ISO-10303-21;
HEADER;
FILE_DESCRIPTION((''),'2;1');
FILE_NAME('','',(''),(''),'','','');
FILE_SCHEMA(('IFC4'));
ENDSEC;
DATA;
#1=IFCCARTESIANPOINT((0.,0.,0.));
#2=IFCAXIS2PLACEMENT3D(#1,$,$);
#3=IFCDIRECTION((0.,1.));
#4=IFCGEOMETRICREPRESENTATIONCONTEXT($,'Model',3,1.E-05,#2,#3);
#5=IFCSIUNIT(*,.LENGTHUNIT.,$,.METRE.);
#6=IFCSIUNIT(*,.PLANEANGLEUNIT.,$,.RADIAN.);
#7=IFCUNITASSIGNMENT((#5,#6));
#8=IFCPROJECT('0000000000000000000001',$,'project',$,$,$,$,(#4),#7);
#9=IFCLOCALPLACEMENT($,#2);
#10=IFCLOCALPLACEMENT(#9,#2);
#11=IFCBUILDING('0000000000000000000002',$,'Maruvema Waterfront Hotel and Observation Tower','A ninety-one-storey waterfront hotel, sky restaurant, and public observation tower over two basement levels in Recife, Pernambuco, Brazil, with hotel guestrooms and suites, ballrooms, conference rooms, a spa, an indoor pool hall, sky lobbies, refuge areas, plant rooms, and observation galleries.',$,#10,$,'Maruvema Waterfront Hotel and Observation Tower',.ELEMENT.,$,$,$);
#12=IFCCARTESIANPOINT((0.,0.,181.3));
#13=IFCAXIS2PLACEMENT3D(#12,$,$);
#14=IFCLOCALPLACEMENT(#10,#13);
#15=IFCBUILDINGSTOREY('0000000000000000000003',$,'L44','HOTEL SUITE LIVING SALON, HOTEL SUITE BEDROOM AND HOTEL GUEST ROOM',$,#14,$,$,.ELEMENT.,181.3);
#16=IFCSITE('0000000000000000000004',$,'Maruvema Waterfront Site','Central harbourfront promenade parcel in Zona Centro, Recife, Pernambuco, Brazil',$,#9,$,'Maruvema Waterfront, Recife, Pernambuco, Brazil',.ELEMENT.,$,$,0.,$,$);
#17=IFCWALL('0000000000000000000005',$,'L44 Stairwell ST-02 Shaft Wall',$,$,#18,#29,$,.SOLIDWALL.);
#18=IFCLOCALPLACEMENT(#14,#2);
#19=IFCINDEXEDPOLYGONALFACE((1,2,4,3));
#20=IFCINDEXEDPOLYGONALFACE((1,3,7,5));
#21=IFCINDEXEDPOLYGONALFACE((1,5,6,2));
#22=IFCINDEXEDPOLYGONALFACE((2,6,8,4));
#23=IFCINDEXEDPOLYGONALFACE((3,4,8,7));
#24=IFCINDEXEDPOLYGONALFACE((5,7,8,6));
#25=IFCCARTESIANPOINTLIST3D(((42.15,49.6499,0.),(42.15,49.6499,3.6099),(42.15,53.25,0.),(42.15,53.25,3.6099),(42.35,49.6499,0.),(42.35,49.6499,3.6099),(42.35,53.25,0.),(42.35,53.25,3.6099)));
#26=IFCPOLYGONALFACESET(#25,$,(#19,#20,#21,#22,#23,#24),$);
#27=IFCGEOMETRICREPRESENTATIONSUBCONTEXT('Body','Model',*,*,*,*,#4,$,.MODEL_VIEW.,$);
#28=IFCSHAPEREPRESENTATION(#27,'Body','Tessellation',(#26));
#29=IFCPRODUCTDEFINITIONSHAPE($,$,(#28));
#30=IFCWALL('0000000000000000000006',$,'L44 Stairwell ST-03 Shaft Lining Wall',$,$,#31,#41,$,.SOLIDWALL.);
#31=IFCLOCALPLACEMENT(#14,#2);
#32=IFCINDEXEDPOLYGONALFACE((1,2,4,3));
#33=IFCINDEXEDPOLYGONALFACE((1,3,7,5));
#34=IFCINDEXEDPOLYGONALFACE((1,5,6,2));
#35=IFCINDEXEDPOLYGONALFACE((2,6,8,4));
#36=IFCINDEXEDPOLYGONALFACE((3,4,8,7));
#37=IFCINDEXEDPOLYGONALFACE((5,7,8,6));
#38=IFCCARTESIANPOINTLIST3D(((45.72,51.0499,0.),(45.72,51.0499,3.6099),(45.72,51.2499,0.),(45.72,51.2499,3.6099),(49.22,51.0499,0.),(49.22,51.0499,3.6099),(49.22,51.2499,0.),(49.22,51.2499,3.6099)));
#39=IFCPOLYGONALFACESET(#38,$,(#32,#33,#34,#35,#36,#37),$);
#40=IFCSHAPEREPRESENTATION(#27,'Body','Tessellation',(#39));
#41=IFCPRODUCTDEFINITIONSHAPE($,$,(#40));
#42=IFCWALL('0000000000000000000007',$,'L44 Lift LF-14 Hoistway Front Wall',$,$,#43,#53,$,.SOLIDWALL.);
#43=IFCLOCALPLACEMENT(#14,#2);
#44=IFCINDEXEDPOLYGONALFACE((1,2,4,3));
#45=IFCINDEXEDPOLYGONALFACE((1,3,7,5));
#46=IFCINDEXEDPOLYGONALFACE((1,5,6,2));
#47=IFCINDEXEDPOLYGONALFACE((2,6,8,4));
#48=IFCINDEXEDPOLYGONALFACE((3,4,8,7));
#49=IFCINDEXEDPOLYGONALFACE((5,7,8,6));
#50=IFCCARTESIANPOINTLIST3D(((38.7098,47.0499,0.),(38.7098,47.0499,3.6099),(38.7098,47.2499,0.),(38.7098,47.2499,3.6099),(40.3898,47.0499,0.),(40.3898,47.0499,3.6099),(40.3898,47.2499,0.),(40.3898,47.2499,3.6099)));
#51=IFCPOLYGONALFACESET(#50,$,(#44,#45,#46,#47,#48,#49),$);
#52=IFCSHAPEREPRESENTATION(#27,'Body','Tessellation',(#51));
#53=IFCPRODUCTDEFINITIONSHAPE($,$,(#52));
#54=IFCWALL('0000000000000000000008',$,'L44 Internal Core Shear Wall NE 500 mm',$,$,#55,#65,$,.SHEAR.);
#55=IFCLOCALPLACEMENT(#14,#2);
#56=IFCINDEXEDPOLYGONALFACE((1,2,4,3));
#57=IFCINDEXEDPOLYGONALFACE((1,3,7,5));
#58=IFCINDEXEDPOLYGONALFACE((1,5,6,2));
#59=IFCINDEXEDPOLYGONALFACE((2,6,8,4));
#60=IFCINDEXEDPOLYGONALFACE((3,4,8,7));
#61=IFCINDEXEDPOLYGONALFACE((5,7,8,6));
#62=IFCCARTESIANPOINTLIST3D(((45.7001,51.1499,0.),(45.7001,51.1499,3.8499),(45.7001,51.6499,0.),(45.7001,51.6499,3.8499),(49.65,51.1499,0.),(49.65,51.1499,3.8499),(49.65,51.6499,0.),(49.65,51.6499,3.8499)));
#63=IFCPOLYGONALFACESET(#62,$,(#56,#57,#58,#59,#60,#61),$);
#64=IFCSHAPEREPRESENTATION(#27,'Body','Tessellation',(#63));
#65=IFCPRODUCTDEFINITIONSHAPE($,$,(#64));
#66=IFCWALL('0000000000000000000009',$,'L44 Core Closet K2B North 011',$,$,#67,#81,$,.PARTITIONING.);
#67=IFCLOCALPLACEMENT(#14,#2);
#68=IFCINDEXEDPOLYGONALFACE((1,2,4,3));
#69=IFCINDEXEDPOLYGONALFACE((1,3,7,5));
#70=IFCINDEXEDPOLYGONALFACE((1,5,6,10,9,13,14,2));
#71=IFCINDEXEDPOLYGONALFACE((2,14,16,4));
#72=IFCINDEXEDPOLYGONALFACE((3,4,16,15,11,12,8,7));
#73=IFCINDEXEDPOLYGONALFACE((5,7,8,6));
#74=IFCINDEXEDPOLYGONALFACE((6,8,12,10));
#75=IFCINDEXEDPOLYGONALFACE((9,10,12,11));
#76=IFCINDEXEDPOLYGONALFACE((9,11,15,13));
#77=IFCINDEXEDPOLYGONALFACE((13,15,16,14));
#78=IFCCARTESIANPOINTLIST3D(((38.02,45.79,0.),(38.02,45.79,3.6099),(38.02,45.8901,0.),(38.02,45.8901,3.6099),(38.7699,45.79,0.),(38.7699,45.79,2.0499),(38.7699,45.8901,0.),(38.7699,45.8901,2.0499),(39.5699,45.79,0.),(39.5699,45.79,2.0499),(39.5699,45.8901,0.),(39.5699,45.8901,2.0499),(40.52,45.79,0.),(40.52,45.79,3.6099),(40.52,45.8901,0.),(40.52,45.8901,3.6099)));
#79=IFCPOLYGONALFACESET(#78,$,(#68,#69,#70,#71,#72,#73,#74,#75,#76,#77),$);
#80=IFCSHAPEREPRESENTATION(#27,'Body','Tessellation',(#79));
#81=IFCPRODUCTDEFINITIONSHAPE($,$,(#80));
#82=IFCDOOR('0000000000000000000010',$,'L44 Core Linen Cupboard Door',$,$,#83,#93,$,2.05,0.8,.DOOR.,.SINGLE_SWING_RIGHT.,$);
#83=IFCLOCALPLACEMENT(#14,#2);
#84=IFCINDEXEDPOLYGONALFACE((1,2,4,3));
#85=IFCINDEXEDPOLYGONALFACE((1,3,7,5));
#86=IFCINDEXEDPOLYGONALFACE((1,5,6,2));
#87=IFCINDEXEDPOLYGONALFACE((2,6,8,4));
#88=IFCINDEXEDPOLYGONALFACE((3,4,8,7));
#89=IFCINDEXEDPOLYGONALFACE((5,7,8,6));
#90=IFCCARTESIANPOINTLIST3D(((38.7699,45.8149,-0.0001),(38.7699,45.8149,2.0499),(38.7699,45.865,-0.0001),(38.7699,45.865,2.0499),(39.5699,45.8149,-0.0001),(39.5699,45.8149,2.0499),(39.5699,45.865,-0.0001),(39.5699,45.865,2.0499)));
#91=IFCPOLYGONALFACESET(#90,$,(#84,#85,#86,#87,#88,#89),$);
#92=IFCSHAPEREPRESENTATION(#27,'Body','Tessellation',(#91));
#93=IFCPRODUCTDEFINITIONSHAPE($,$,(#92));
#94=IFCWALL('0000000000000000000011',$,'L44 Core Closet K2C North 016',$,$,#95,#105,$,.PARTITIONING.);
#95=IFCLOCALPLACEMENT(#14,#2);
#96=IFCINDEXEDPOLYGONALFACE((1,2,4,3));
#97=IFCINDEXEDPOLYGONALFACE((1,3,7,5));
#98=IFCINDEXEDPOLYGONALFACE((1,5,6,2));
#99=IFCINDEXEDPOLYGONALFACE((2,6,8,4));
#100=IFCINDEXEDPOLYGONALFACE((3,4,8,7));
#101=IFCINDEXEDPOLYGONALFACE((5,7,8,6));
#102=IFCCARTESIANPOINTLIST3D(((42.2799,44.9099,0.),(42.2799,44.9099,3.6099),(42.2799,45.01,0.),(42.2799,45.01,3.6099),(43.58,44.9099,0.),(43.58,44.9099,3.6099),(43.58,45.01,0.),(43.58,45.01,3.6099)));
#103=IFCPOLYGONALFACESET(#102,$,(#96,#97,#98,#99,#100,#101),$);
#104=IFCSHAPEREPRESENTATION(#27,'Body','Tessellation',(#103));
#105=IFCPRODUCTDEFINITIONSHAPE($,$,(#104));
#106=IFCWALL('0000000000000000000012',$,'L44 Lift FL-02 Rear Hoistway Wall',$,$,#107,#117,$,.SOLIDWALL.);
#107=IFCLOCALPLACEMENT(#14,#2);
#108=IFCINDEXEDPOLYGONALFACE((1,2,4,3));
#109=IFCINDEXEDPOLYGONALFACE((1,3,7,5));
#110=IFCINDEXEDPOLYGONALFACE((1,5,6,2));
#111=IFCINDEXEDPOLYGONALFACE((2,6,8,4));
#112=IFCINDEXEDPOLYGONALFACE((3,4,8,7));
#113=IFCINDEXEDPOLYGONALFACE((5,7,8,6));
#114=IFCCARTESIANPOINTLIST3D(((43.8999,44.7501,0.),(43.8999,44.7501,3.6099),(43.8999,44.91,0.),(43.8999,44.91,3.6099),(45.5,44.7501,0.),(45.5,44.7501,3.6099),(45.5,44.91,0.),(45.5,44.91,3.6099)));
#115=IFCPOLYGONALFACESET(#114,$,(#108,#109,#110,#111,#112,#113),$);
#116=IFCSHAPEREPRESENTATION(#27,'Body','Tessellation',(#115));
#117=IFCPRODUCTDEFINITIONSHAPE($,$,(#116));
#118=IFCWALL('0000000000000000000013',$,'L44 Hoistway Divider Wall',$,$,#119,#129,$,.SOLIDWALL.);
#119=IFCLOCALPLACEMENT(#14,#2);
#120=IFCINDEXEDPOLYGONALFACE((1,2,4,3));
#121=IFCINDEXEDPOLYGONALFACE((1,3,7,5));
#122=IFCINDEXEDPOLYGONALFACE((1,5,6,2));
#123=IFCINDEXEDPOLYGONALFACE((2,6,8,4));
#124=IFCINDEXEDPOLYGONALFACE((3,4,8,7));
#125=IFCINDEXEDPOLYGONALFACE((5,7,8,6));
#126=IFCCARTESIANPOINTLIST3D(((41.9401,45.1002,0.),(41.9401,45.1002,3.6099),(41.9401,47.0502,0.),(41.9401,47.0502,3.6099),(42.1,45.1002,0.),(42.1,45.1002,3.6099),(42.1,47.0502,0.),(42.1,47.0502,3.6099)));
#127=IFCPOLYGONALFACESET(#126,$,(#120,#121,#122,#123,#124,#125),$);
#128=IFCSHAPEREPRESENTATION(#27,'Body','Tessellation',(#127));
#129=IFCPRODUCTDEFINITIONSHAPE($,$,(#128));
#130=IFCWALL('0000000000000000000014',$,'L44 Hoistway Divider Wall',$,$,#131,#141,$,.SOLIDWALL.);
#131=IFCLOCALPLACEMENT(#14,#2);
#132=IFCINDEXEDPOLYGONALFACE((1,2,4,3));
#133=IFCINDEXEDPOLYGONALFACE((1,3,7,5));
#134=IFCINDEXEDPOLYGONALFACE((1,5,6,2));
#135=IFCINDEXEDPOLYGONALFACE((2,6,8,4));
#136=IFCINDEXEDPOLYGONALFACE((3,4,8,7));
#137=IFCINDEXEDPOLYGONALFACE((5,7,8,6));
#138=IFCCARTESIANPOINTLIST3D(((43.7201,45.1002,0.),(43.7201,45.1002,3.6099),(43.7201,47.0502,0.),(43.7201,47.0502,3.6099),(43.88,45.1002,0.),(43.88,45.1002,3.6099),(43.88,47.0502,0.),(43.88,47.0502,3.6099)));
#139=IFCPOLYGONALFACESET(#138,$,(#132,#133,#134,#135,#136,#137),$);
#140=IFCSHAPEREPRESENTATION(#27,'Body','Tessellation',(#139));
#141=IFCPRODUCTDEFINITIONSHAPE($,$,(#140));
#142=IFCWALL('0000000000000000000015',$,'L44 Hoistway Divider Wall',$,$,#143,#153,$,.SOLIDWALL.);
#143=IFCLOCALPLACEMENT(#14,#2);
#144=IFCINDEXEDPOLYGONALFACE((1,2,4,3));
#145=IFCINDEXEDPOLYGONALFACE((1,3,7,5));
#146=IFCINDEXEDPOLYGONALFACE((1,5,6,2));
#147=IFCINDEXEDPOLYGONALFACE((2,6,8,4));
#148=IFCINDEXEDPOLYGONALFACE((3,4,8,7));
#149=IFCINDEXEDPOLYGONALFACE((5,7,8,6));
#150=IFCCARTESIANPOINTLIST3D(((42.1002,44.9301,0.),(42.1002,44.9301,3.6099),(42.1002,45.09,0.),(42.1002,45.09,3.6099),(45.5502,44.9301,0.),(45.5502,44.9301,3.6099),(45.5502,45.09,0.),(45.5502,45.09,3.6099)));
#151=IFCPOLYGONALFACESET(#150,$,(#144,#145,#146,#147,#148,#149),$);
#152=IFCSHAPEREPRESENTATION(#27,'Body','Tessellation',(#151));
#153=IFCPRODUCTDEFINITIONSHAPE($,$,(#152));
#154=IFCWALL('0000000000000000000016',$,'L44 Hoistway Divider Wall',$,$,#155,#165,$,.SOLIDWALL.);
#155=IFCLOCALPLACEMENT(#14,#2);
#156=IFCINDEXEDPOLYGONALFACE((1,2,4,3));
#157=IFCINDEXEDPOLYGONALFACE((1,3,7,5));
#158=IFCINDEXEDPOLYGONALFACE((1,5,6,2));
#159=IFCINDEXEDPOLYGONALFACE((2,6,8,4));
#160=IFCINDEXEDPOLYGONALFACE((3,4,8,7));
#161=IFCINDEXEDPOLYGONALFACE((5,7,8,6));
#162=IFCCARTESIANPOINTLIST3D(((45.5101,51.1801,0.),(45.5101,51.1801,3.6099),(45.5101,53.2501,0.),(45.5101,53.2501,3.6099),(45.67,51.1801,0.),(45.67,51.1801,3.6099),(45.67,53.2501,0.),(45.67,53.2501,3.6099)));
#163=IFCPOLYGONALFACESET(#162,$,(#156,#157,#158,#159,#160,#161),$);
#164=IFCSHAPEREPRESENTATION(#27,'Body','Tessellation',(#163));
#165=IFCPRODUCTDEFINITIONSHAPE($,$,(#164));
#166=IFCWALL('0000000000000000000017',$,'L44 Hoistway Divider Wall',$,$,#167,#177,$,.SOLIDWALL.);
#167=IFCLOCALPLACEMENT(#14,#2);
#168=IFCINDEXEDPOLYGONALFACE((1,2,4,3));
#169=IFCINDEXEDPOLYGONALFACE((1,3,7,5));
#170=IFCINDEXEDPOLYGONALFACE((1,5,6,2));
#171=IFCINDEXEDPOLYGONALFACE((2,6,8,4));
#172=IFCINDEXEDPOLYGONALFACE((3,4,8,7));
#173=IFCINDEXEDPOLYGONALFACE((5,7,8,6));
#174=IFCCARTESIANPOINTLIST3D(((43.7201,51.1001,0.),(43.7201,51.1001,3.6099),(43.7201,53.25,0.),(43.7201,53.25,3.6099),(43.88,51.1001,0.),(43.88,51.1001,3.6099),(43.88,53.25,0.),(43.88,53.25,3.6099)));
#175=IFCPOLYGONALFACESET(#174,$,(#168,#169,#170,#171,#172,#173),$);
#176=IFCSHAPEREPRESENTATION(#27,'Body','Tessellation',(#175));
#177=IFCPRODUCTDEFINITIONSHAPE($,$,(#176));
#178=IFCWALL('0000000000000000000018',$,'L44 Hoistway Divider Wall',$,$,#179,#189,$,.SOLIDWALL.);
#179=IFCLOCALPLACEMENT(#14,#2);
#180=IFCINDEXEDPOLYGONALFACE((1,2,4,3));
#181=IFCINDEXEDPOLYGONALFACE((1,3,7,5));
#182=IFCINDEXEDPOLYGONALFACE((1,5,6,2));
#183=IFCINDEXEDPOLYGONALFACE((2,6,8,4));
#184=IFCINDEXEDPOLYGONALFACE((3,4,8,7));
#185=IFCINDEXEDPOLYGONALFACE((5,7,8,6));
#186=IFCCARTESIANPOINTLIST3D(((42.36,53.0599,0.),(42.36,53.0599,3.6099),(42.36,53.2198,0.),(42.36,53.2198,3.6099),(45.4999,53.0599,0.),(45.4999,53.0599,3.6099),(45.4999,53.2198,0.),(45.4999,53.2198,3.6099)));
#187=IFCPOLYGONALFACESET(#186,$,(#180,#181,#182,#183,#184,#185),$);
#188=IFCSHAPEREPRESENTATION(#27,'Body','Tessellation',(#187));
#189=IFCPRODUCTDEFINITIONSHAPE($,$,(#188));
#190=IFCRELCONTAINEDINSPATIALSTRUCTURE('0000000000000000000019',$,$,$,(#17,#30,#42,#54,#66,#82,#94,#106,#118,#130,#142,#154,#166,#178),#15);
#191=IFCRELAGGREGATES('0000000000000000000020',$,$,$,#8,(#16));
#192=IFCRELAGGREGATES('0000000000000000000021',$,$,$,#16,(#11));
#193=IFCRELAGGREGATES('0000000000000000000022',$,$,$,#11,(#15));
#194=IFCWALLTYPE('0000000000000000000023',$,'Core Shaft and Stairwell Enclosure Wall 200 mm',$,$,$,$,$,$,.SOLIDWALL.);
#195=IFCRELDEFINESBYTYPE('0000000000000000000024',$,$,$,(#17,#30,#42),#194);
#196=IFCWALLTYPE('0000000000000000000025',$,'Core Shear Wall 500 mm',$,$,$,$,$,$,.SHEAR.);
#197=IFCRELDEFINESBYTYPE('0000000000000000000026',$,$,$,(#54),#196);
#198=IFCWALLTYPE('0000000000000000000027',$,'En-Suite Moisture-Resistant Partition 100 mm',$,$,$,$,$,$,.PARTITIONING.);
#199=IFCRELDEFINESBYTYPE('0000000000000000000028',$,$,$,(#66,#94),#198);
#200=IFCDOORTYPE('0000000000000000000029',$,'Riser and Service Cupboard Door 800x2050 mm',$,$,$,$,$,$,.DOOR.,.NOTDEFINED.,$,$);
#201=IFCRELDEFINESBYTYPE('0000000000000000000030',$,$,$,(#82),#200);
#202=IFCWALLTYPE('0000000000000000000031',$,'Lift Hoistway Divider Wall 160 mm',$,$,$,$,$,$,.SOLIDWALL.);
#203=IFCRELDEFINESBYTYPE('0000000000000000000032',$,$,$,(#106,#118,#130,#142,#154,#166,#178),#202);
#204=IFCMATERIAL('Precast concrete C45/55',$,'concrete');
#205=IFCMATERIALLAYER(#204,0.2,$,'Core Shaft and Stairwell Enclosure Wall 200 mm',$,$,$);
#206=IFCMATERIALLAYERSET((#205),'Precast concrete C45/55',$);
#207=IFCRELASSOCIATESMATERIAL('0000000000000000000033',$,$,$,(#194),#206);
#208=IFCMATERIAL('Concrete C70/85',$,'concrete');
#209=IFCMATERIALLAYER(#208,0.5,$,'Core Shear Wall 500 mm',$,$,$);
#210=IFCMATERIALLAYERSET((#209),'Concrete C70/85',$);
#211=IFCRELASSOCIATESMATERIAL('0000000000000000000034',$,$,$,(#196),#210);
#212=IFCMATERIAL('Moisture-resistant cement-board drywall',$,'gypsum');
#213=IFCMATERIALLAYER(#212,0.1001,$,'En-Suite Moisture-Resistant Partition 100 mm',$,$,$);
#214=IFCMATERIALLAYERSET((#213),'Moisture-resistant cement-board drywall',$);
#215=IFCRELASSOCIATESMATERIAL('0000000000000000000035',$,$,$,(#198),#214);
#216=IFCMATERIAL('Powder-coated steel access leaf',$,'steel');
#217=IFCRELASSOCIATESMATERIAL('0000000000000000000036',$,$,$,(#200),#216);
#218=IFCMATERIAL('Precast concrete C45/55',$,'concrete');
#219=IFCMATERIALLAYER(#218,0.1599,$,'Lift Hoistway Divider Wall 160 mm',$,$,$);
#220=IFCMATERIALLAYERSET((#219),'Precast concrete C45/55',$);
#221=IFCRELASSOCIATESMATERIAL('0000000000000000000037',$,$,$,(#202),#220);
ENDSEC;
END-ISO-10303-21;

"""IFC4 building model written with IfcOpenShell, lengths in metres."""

from ifc_helpers import new_model, si_unit, direction, frame, frame_2d, origin, place, context, subcontext, project, spatial, rectangle, extrude, material, layer, layer_set, type_object, element, fill, save


model = new_model("IFC4")

# Units and contexts
model_context = context("Model", 3, precision=1e-05, world=origin(), true_north=direction((0.0, 1.0)))
body_context = subcontext(model_context, "Body", "Model", "MODEL_VIEW")
ifc_project = project(units=[si_unit("LENGTHUNIT", "METRE"), si_unit("PLANEANGLEUNIT", "RADIAN")], contexts=[model_context])

# Site, building, storey
site_placement = place(None, origin())
site = spatial("IfcSite", under=ifc_project, at=site_placement, Name="Maruvema Waterfront Site", Description="Central harbourfront promenade parcel in Zona Centro, Recife, Pernambuco, Brazil", LongName="Maruvema Waterfront, Recife, Pernambuco, Brazil", CompositionType="ELEMENT", RefElevation=0.0)
building_placement = place(site_placement, origin())
building = spatial("IfcBuilding", under=site, at=building_placement, Name="Maruvema Waterfront Hotel and Observation Tower", Description="A ninety-one-storey waterfront hotel, sky restaurant, and public observation tower over two basement levels in Recife, Pernambuco, Brazil, with hotel guestrooms and suites, ballrooms, conference rooms, a spa, an indoor pool hall, sky lobbies, refuge areas, plant rooms, and observation galleries.", LongName="Maruvema Waterfront Hotel and Observation Tower", CompositionType="ELEMENT")
storey_placement = place(building_placement, frame((0.0, 0.0, 181.3)))
storey = spatial("IfcBuildingStorey", under=building, at=storey_placement, Name="L44", Description="HOTEL SUITE LIVING SALON, HOTEL SUITE BEDROOM AND HOTEL GUEST ROOM", CompositionType="ELEMENT", Elevation=181.3)

# Walls
ifc_material_1 = material(Name="Precast concrete C45/55", Category="concrete")
ifc_layer_1 = layer(ifc_material_1, 0.2, Name="Core Shaft and Stairwell Enclosure Wall 200 mm")
ifc_layer_set_1 = layer_set([ifc_layer_1], Name="Precast concrete C45/55")
wall_type_1 = type_object("IfcWallType", Name="Core Shaft and Stairwell Enclosure Wall 200 mm", PredefinedType="SOLIDWALL", material=ifc_layer_set_1)
wall_1_placement = place(storey_placement, frame((42.25, 49.6499, 0.0), z_axis=(0.0, 0.0, 1.0), x_axis=(0.0, 1.0, 0.0)))
element("IfcWall", 1, at=wall_1_placement, inside=storey, type_object=wall_type_1, Name="L44 Stairwell ST-02 Shaft Wall", PredefinedType="SOLIDWALL", context=body_context, shape_type="SweptSolid", body=[
    extrude(rectangle(XDim=3.6001, YDim=0.2, at=frame_2d((1.8, 0.0))), origin(), (0.0, 0.0, 1.0), 3.6099),
])
wall_2_placement = place(storey_placement, frame((45.72, 51.1499, 0.0), z_axis=(0.0, 0.0, 1.0), x_axis=(1.0, 0.0, 0.0)))
element("IfcWall", 2, at=wall_2_placement, inside=storey, type_object=wall_type_1, Name="L44 Stairwell ST-03 Shaft Lining Wall", PredefinedType="SOLIDWALL", context=body_context, shape_type="SweptSolid", body=[
    extrude(rectangle(XDim=3.5, YDim=0.2, at=frame_2d((1.75, 0.0))), origin(), (0.0, 0.0, 1.0), 3.6099),
])

# Walls
wall_3_placement = place(storey_placement, frame((38.71, 47.1499, 0.0), z_axis=(0.0, 0.0, 1.0), x_axis=(1.0, 0.0, 0.0)))
element("IfcWall", 3, at=wall_3_placement, inside=storey, type_object=wall_type_1, Name="L44 Lift LF-14 Hoistway Front Wall", PredefinedType="SOLIDWALL", context=body_context, shape_type="SweptSolid", body=[
    extrude(rectangle(XDim=1.6799, YDim=0.2, at=frame_2d((0.8398, 0.0))), origin(), (0.0, 0.0, 1.0), 3.6099),
])
ifc_material_2 = material(Name="Concrete C70/85", Category="concrete")
ifc_layer_2 = layer(ifc_material_2, 0.5, Name="Core Shear Wall 500 mm")
ifc_layer_set_2 = layer_set([ifc_layer_2], Name="Concrete C70/85")
wall_type_2 = type_object("IfcWallType", Name="Core Shear Wall 500 mm", PredefinedType="SHEAR", material=ifc_layer_set_2)
wall_4_placement = place(storey_placement, frame((45.7, 51.3999, 0.0), z_axis=(0.0, 0.0, 1.0), x_axis=(1.0, 0.0, 0.0)))
element("IfcWall", 4, at=wall_4_placement, inside=storey, type_object=wall_type_2, Name="L44 Internal Core Shear Wall NE 500 mm", PredefinedType="SHEAR", context=body_context, shape_type="SweptSolid", body=[
    extrude(rectangle(XDim=3.95, YDim=0.5, at=frame_2d((1.9751, 0.0))), origin(), (0.0, 0.0, 1.0), 3.8499),
])

# Wall, opening, door
ifc_material_3 = material(Name="Moisture-resistant cement-board drywall", Category="gypsum")
ifc_layer_3 = layer(ifc_material_3, 0.1001, Name="En-Suite Moisture-Resistant Partition 100 mm")
ifc_layer_set_3 = layer_set([ifc_layer_3], Name="Moisture-resistant cement-board drywall")
wall_type_3 = type_object("IfcWallType", Name="En-Suite Moisture-Resistant Partition 100 mm", PredefinedType="PARTITIONING", material=ifc_layer_set_3)
wall_5_placement = place(storey_placement, frame((38.02, 45.8401, 0.0), z_axis=(0.0, 0.0, 1.0), x_axis=(1.0, 0.0, 0.0)))
wall_5 = element("IfcWall", 5, at=wall_5_placement, inside=storey, type_object=wall_type_3, Name="L44 Core Closet K2B North 011", PredefinedType="PARTITIONING", context=body_context, shape_type="SweptSolid", body=[
    extrude(rectangle(XDim=2.5, YDim=0.1001, at=frame_2d((1.25, 0.0))), origin(), (0.0, 0.0, 1.0), 3.6099),
])
opening_1_placement = place(wall_5_placement, frame((0.75, 0.0, 0.0)))
opening_1 = element("IfcOpeningElement", 6, at=opening_1_placement, cuts=wall_5, PredefinedType="OPENING", context=body_context, shape_type="SweptSolid", body=[
    extrude(rectangle(XDim=0.8, YDim=2.05, at=frame_2d((0.3999, 1.0249))), frame((0.0, 0.0601, 0.0), z_axis=(0.0, -1.0, 0.0), x_axis=(1.0, 0.0, 0.0)), (0.0, 0.0, 1.0), 0.1201),
])
ifc_material_4 = material(Name="Powder-coated steel access leaf", Category="steel")
door_type_1 = type_object("IfcDoorType", Name="Riser and Service Cupboard Door 800x2050 mm", OperationType="NOTDEFINED", PredefinedType="DOOR", material=ifc_material_4)
door_1_placement = place(opening_1_placement, origin())
door_1 = element("IfcDoor", 7, at=door_1_placement, inside=storey, type_object=door_type_1, Name="L44 Core Linen Cupboard Door", OperationType="SINGLE_SWING_RIGHT", OverallHeight=2.05, OverallWidth=0.8, PredefinedType="DOOR", context=body_context, shape_type="SweptSolid", body=[
    extrude(rectangle(XDim=0.8, YDim=2.05, at=frame_2d((0.3999, 1.0249))), frame((0.0, 0.0249, 0.0), z_axis=(0.0, -1.0, 0.0), x_axis=(1.0, 0.0, 0.0)), (0.0, 0.0, 1.0), 0.05),
])
fill(opening_1, door_1)

# Walls
wall_6_placement = place(storey_placement, frame((42.28, 44.96, 0.0), z_axis=(0.0, 0.0, 1.0), x_axis=(1.0, 0.0, 0.0)))
element("IfcWall", 8, at=wall_6_placement, inside=storey, type_object=wall_type_3, Name="L44 Core Closet K2C North 016", PredefinedType="PARTITIONING", context=body_context, shape_type="SweptSolid", body=[
    extrude(rectangle(XDim=1.3, YDim=0.1001, at=frame_2d((0.6499, 0.0))), origin(), (0.0, 0.0, 1.0), 3.6099),
])
ifc_material_5 = material(Name="Precast concrete C45/55", Category="concrete")
ifc_layer_4 = layer(ifc_material_5, 0.1599, Name="Lift Hoistway Divider Wall 160 mm")
ifc_layer_set_4 = layer_set([ifc_layer_4], Name="Precast concrete C45/55")
wall_type_4 = type_object("IfcWallType", Name="Lift Hoistway Divider Wall 160 mm", PredefinedType="SOLIDWALL", material=ifc_layer_set_4)
wall_7_placement = place(storey_placement, frame((43.8999, 44.8301, 0.0), z_axis=(0.0, 0.0, 1.0), x_axis=(1.0, 0.0, 0.0)))
element("IfcWall", 9, at=wall_7_placement, inside=storey, type_object=wall_type_4, Name="L44 Lift FL-02 Rear Hoistway Wall", PredefinedType="SOLIDWALL", context=body_context, shape_type="SweptSolid", body=[
    extrude(rectangle(XDim=1.6001, YDim=0.1599, at=frame_2d((0.8, 0.0))), origin(), (0.0, 0.0, 1.0), 3.6099),
])
for number, where, z_axis, x_axis, name in (
    (10, (42.02, 45.1001, 0.0), (0.0, 0.0, 1.0), (0.0, 1.0, 0.0), "L44 Hoistway Divider Wall"),
    (11, (43.8, 45.1001, 0.0), (0.0, 0.0, 1.0), (0.0, 1.0, 0.0), "L44 Hoistway Divider Wall"),
):
    element("IfcWall", number, at=place(storey_placement, frame(where, z_axis=z_axis, x_axis=x_axis)), inside=storey, type_object=wall_type_4, Name=name, PredefinedType="SOLIDWALL", context=body_context, shape_type="SweptSolid", body=[
        extrude(rectangle(XDim=1.95, YDim=0.1599, at=frame_2d((0.9751, 0.0))), origin(), (0.0, 0.0, 1.0), 3.6099),
    ])
wall_8_placement = place(storey_placement, frame((42.1001, 45.01, 0.0), z_axis=(0.0, 0.0, 1.0), x_axis=(1.0, 0.0, 0.0)))
element("IfcWall", 12, at=wall_8_placement, inside=storey, type_object=wall_type_4, Name="L44 Hoistway Divider Wall", PredefinedType="SOLIDWALL", context=body_context, shape_type="SweptSolid", body=[
    extrude(rectangle(XDim=3.45, YDim=0.1599, at=frame_2d((1.7251, 0.0))), origin(), (0.0, 0.0, 1.0), 3.6099),
])
wall_9_placement = place(storey_placement, frame((45.5901, 51.1799, 0.0), z_axis=(0.0, 0.0, 1.0), x_axis=(0.0, 1.0, 0.0)))
element("IfcWall", 13, at=wall_9_placement, inside=storey, type_object=wall_type_4, Name="L44 Hoistway Divider Wall", PredefinedType="SOLIDWALL", context=body_context, shape_type="SweptSolid", body=[
    extrude(rectangle(XDim=2.0701, YDim=0.1599, at=frame_2d((1.0352, 0.0))), origin(), (0.0, 0.0, 1.0), 3.6099),
])
wall_10_placement = place(storey_placement, frame((43.8, 51.1001, 0.0), z_axis=(0.0, 0.0, 1.0), x_axis=(0.0, 1.0, 0.0)))
element("IfcWall", 14, at=wall_10_placement, inside=storey, type_object=wall_type_4, Name="L44 Hoistway Divider Wall", PredefinedType="SOLIDWALL", context=body_context, shape_type="SweptSolid", body=[
    extrude(rectangle(XDim=2.1499, YDim=0.1599, at=frame_2d((1.075, 0.0))), origin(), (0.0, 0.0, 1.0), 3.6099),
])
wall_11_placement = place(storey_placement, frame((42.3601, 53.1399, 0.0), z_axis=(0.0, 0.0, 1.0), x_axis=(1.0, 0.0, 0.0)))
element("IfcWall", 15, at=wall_11_placement, inside=storey, type_object=wall_type_4, Name="L44 Hoistway Divider Wall", PredefinedType="SOLIDWALL", context=body_context, shape_type="SweptSolid", body=[
    extrude(rectangle(XDim=3.1399, YDim=0.1599, at=frame_2d((1.5698, 0.0))), origin(), (0.0, 0.0, 1.0), 3.6099),
])

save(model, "model.ifc")
